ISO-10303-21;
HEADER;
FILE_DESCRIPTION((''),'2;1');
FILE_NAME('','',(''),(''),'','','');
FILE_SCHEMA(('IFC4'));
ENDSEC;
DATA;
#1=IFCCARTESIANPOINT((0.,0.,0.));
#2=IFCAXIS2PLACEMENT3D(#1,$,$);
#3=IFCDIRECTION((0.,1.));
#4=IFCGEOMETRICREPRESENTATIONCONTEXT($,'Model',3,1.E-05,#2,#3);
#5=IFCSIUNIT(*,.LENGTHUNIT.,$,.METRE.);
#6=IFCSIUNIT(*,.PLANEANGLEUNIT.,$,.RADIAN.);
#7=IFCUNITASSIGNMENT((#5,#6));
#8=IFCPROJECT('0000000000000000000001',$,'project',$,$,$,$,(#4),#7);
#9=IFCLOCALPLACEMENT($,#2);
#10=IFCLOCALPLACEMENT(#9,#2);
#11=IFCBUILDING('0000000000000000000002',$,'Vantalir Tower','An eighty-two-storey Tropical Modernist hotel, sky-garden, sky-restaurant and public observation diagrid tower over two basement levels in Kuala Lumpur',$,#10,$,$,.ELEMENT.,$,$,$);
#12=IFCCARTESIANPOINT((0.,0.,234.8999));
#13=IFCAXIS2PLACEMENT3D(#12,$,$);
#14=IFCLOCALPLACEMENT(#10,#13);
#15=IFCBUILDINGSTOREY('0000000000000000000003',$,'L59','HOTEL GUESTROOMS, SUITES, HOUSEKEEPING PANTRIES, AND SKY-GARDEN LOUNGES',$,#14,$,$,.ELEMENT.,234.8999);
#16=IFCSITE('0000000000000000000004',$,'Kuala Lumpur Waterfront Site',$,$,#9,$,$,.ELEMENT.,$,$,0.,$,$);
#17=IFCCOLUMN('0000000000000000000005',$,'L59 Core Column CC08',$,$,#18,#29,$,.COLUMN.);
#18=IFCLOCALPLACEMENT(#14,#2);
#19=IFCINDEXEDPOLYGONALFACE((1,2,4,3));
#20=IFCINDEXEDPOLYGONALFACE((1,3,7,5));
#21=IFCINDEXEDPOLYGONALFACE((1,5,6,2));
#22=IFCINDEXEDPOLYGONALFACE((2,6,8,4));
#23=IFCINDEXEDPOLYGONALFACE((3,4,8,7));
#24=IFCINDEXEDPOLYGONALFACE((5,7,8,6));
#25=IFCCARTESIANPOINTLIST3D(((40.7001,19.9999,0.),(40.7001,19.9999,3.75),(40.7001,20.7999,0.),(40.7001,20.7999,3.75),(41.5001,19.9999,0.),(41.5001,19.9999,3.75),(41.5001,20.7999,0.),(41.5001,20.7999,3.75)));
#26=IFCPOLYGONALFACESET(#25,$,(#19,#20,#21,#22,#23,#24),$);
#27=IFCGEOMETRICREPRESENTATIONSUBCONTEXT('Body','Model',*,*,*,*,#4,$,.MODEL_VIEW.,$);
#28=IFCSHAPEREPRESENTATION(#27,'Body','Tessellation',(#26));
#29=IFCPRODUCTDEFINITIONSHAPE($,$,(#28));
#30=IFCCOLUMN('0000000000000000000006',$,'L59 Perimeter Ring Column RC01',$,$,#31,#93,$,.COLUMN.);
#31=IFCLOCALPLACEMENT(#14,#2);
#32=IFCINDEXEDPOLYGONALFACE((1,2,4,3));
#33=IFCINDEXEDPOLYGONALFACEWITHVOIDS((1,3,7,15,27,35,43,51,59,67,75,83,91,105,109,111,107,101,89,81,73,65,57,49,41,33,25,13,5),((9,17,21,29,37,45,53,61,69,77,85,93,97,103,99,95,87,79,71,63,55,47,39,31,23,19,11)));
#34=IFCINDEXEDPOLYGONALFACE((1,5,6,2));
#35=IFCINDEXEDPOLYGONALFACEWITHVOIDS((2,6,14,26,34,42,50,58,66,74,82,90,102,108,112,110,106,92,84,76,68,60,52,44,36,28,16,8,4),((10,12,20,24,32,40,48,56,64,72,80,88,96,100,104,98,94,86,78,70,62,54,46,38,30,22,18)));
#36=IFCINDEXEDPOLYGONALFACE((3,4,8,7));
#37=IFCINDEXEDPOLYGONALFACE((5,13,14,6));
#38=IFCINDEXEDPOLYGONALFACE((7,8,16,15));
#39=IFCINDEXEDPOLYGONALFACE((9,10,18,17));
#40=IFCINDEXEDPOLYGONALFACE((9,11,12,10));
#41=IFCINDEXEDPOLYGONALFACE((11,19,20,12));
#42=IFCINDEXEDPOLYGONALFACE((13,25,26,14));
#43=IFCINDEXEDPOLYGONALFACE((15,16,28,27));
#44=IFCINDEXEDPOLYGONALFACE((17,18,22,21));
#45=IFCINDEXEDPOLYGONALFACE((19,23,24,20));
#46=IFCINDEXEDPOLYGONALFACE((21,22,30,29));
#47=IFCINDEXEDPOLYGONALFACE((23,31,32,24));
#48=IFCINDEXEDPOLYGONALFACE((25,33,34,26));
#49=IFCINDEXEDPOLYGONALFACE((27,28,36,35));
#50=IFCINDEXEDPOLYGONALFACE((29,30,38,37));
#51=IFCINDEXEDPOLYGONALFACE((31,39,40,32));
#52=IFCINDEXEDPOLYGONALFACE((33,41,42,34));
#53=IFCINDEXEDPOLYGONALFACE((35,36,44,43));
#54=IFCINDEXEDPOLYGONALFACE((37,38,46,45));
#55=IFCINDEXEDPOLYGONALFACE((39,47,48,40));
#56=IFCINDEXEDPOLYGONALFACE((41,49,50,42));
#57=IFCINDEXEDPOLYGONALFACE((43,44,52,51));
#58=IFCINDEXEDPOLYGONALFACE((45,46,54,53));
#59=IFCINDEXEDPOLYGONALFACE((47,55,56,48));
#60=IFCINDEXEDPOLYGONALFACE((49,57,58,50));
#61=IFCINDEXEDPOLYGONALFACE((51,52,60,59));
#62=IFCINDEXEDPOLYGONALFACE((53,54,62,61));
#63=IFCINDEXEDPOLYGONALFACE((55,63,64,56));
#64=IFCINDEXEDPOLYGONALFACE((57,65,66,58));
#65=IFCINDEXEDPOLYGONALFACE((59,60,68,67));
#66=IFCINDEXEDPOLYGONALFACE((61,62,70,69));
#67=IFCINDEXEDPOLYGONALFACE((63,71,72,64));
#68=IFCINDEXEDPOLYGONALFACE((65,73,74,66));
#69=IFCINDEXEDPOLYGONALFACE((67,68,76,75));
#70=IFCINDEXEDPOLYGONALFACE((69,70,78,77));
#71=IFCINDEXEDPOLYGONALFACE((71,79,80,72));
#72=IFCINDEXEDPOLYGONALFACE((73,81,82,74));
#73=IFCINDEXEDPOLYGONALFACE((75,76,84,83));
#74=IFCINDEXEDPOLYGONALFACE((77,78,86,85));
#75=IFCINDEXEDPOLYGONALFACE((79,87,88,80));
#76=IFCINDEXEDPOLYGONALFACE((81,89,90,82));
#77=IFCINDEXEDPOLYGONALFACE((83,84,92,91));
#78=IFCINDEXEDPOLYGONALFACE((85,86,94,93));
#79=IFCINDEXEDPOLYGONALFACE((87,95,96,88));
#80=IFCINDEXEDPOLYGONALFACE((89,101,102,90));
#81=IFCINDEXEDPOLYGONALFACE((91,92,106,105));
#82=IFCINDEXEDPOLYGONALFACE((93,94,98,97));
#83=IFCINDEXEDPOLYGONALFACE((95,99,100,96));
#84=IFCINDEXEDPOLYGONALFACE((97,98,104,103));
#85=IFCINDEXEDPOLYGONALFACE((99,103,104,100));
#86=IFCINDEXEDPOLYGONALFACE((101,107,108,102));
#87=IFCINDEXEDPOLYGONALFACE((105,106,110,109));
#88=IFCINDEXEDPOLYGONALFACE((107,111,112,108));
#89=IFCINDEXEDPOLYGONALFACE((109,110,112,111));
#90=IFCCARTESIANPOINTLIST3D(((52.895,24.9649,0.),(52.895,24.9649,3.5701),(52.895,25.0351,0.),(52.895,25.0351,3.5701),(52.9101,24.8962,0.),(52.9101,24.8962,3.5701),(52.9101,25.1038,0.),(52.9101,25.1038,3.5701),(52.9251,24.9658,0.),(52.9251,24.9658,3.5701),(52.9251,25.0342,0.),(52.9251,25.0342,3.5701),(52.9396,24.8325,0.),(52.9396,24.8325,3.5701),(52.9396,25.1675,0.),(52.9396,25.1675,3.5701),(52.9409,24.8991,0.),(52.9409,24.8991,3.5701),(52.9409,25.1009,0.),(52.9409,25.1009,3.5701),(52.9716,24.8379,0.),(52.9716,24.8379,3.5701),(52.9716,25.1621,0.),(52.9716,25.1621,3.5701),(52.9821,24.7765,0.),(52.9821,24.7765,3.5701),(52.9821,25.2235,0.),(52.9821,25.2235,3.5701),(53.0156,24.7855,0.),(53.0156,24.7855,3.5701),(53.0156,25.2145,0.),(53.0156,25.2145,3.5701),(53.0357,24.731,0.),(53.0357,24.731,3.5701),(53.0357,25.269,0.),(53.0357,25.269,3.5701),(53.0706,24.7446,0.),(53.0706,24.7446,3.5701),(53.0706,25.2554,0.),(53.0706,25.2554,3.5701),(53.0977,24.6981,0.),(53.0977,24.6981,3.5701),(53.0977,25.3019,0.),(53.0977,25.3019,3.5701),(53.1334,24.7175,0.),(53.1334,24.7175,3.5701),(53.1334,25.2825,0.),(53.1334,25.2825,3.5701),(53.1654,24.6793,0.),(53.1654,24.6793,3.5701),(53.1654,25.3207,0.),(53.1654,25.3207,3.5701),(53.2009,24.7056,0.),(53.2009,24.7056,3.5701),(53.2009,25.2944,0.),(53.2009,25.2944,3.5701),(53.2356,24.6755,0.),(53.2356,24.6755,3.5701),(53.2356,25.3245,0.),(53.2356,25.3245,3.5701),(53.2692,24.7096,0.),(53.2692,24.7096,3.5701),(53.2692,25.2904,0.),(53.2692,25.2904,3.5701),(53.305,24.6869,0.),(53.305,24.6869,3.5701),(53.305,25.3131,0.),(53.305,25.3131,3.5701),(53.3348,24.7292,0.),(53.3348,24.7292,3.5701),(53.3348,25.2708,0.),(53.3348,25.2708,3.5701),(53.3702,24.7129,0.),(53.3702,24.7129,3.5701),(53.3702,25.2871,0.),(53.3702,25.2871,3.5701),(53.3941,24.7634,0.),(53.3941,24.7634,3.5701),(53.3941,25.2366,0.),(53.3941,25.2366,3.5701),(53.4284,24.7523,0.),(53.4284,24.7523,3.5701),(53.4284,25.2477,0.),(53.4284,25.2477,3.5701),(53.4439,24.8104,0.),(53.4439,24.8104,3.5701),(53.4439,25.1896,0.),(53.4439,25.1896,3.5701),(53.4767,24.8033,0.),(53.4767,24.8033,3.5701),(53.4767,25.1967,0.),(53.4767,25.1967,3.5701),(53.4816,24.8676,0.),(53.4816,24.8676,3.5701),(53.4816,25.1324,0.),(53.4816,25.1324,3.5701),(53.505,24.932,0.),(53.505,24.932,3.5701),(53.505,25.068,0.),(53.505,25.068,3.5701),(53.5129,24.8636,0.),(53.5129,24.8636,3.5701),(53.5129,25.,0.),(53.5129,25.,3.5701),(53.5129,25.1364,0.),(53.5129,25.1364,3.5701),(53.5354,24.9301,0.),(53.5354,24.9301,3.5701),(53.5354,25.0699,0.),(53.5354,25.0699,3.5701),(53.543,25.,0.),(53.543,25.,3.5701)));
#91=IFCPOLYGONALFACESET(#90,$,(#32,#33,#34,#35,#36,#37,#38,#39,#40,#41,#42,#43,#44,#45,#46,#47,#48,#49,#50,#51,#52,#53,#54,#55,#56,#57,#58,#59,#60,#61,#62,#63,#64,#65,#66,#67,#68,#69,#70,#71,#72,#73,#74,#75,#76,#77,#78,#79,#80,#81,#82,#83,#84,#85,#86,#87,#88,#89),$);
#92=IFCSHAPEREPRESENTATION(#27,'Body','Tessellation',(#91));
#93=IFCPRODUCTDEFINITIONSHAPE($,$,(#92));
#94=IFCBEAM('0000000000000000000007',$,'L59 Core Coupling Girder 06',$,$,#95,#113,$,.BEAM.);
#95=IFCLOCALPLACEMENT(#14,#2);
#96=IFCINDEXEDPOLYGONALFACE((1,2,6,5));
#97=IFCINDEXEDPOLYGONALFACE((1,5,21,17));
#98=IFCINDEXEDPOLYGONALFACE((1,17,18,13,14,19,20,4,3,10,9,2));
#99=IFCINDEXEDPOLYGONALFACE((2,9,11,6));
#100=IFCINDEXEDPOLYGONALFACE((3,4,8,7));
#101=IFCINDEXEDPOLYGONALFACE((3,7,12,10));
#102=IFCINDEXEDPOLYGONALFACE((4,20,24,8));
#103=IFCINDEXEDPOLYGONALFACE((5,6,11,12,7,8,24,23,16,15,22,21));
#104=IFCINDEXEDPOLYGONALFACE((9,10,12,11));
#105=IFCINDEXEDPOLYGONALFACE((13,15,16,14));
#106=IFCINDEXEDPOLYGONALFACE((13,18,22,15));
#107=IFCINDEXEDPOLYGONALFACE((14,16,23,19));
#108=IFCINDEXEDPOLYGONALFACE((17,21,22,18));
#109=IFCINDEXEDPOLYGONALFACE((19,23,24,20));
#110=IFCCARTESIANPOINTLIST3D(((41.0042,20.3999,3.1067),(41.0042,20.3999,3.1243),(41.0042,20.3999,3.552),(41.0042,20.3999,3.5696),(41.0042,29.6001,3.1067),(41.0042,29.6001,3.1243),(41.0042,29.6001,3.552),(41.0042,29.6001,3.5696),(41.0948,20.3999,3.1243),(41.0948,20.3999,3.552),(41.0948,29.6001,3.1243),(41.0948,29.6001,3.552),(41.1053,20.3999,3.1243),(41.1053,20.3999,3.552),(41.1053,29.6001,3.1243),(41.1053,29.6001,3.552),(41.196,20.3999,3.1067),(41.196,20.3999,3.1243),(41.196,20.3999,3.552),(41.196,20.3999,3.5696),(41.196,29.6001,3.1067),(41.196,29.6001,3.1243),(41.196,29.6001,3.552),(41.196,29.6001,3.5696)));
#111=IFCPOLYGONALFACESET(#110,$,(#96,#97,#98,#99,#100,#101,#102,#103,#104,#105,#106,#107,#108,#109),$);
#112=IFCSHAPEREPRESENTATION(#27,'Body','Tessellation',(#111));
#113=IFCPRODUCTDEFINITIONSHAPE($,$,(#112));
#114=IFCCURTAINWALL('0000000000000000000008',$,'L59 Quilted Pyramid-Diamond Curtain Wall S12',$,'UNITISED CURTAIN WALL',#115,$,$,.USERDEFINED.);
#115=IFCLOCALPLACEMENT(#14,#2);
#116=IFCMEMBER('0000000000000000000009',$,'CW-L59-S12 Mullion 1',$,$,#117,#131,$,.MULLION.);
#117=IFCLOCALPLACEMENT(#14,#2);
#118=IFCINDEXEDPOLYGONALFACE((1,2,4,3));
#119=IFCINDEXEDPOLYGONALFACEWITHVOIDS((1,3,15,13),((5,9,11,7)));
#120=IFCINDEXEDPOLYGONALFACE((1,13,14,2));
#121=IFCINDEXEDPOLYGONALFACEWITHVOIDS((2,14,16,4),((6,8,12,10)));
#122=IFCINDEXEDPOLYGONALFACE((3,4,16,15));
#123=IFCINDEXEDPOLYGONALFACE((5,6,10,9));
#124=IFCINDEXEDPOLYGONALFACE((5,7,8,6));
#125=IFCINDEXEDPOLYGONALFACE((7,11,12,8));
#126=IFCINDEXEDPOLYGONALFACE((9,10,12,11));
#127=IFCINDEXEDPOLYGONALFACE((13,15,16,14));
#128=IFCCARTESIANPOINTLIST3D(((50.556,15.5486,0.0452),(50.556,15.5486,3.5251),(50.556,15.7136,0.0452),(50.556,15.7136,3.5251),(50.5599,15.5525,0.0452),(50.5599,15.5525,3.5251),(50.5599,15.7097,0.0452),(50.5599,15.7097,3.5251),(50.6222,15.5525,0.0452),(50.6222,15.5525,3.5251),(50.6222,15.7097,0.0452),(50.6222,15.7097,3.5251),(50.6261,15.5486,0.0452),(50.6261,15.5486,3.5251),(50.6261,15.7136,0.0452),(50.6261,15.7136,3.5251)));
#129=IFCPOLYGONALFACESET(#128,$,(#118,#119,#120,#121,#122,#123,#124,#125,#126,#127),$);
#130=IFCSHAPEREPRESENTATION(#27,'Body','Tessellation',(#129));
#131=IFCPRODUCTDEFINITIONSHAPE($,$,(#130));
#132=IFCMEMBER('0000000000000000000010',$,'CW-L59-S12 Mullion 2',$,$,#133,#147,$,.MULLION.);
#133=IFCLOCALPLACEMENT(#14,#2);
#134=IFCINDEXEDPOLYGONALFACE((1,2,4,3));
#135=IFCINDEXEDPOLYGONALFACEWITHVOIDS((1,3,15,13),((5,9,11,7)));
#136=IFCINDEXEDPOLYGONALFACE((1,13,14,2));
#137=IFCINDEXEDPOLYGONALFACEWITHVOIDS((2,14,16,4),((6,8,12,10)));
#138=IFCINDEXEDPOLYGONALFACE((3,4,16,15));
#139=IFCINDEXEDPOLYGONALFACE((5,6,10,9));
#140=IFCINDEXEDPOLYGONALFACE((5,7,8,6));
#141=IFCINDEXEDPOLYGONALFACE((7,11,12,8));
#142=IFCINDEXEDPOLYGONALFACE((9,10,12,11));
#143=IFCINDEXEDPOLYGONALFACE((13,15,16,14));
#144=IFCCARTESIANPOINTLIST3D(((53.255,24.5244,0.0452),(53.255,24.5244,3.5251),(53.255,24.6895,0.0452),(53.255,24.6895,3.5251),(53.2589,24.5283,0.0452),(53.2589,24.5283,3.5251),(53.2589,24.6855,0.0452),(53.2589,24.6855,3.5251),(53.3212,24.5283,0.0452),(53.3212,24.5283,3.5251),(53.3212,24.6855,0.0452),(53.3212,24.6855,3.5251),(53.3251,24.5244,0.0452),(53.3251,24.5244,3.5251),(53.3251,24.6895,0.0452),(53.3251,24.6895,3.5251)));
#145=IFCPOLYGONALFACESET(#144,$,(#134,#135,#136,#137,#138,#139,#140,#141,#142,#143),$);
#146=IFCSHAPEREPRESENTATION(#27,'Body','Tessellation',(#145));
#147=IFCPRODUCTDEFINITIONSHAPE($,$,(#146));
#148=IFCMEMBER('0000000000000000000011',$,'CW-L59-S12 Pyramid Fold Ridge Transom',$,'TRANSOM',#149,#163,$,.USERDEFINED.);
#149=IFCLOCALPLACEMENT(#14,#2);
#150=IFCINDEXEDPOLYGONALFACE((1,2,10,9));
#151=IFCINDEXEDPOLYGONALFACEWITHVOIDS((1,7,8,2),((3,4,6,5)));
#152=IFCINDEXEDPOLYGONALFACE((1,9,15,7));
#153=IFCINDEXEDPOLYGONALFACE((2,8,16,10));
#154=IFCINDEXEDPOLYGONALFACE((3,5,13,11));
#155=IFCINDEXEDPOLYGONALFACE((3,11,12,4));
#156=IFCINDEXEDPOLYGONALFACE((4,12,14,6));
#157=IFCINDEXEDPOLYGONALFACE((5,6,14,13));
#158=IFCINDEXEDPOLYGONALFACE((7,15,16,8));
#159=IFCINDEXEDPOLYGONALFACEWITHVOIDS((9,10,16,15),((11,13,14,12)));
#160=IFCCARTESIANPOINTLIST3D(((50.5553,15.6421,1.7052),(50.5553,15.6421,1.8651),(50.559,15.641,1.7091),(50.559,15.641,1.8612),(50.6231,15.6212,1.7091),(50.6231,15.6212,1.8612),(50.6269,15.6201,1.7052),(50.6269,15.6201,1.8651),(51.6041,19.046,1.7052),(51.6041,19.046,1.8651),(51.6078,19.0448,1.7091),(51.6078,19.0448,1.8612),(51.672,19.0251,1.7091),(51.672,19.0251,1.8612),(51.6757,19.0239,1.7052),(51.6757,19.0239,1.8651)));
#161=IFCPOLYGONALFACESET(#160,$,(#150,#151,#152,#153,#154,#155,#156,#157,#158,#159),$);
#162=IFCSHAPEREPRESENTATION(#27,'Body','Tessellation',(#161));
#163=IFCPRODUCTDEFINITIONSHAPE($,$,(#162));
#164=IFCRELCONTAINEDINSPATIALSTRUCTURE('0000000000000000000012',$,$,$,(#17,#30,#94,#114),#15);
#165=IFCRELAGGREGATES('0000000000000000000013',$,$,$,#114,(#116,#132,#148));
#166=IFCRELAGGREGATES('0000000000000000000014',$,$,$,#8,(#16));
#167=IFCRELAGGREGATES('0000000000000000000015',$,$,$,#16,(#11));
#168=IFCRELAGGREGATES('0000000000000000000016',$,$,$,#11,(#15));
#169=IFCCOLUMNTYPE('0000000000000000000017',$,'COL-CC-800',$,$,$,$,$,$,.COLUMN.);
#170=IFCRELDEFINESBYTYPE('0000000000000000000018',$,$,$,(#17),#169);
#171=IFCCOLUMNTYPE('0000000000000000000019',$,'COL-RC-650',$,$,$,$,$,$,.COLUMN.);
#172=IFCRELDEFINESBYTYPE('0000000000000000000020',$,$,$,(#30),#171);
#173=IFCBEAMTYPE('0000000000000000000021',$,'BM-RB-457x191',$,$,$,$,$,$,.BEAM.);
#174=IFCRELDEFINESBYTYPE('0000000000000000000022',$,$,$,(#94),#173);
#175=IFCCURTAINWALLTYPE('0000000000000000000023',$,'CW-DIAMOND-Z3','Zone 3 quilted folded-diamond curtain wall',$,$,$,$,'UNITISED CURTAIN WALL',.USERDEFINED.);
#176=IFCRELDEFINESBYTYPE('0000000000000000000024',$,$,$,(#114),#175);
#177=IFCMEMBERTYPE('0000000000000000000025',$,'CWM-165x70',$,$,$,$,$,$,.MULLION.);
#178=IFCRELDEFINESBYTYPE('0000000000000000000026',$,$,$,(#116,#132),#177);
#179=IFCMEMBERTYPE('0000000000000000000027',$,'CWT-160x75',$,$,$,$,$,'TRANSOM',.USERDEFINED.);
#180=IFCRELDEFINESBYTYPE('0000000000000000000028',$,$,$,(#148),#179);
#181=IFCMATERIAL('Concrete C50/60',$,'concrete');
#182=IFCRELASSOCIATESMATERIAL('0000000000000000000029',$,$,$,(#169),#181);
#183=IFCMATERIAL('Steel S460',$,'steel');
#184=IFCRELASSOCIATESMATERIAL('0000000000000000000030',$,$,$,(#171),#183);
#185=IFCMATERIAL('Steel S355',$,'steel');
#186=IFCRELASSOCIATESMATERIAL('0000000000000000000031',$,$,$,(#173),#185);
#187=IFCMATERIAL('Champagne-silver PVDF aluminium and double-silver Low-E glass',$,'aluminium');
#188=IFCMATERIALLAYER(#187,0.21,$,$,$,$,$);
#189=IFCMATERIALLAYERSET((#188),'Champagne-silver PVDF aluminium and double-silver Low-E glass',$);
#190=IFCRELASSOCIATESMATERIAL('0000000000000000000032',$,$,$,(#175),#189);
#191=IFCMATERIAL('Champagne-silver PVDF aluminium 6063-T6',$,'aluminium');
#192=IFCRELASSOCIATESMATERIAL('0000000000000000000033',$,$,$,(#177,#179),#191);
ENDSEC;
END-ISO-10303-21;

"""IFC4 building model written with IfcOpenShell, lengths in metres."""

from ifc_helpers import new_model, si_unit, direction, frame, origin, origin_2d, place, context, subcontext, project, spatial, rectangle, hollow_rectangle, hollow_circle, i_section, extrude, material, layer, layer_set, material_profile, profile_set, type_object, element, aggregate, save


model = new_model("IFC4")

# Units and contexts
model_context = context("Model", 3, precision=1e-05, world=origin(), true_north=direction((0.0, 1.0)))
body_context = subcontext(model_context, "Body", "Model", "MODEL_VIEW")
ifc_project = project(units=[si_unit("LENGTHUNIT", "METRE"), si_unit("PLANEANGLEUNIT", "RADIAN")], contexts=[model_context])

# Site, building, storey
site_placement = place(None, origin())
site = spatial("IfcSite", under=ifc_project, at=site_placement, Name="Kuala Lumpur Waterfront Site", CompositionType="ELEMENT", RefElevation=0.0)
building_placement = place(site_placement, origin())
building = spatial("IfcBuilding", under=site, at=building_placement, Name="Vantalir Tower", Description="An eighty-two-storey Tropical Modernist hotel, sky-garden, sky-restaurant and public observation diagrid tower over two basement levels in Kuala Lumpur", CompositionType="ELEMENT")
storey_placement = place(building_placement, frame((0.0, 0.0, 234.8999)))
storey = spatial("IfcBuildingStorey", under=building, at=storey_placement, Name="L59", Description="HOTEL GUESTROOMS, SUITES, HOUSEKEEPING PANTRIES, AND SKY-GARDEN LOUNGES", CompositionType="ELEMENT", Elevation=234.8999)

# Columns
ifc_material_1 = material(Name="Concrete C50/60", Category="concrete")
ifc_material_profile_1 = material_profile(ifc_material_1, rectangle(XDim=0.8, YDim=0.8, at=origin_2d()), Name="Concrete C50/60")
ifc_profile_set_1 = profile_set([ifc_material_profile_1], Name="Concrete C50/60")
column_type_1 = type_object("IfcColumnType", Name="COL-CC-800", PredefinedType="COLUMN", material=ifc_profile_set_1)
column_1_placement = place(storey_placement, frame((41.1001, 20.3999, 0.0), z_axis=(0.0, 0.0, 1.0), x_axis=(1.0, 0.0, 0.0)))
element("IfcColumn", 1, at=column_1_placement, inside=storey, type_object=column_type_1, Name="L59 Core Column CC08", PredefinedType="COLUMN", context=body_context, shape_type="SweptSolid", body=[
    extrude(rectangle(XDim=0.8, YDim=0.8, at=origin_2d()), origin(), (0.0, 0.0, 1.0), 3.75),
])
ifc_material_2 = material(Name="Steel S460", Category="steel")
ifc_material_profile_2 = material_profile(ifc_material_2, hollow_circle(Radius=0.325, WallThickness=0.03, at=origin_2d()), Name="Steel S460")
ifc_profile_set_2 = profile_set([ifc_material_profile_2], Name="Steel S460")
column_type_2 = type_object("IfcColumnType", Name="COL-RC-650", PredefinedType="COLUMN", material=ifc_profile_set_2)
column_2_placement = place(storey_placement, frame((53.218, 25.0, 0.0), z_axis=(0.0, 0.0, 1.0), x_axis=(1.0, 0.0, 0.0)))
element("IfcColumn", 2, at=column_2_placement, inside=storey, type_object=column_type_2, Name="L59 Perimeter Ring Column RC01", PredefinedType="COLUMN", context=body_context, shape_type="SweptSolid", body=[
    extrude(hollow_circle(Radius=0.325, WallThickness=0.03, at=origin_2d()), origin(), (0.0, 0.0, 1.0), 3.5701),
])

# Beam
ifc_material_3 = material(Name="Steel S355", Category="steel")
ifc_material_profile_3 = material_profile(ifc_material_3, i_section(OverallWidth=0.1919, OverallDepth=0.4629, WebThickness=0.0105, FlangeThickness=0.0176, at=origin_2d()), Name="Steel S355")
ifc_profile_set_3 = profile_set([ifc_material_profile_3], Name="Steel S355")
beam_type = type_object("IfcBeamType", Name="BM-RB-457x191", PredefinedType="BEAM", material=ifc_profile_set_3)
beam_placement = place(storey_placement, frame((41.1001, 20.3999, 3.3381), z_axis=(0.0, 1.0, 0.0), x_axis=(-1.0, 0.0, 0.0)))
element("IfcBeam", 3, at=beam_placement, inside=storey, type_object=beam_type, Name="L59 Core Coupling Girder 06", PredefinedType="BEAM", context=body_context, shape_type="SweptSolid", body=[
    extrude(i_section(OverallWidth=0.1919, OverallDepth=0.4629, WebThickness=0.0105, FlangeThickness=0.0176, at=origin_2d()), origin(), (0.0, 0.0, 1.0), 9.2002),
])

# Curtain wall, members
ifc_material_4 = material(Name="Champagne-silver PVDF aluminium and double-silver Low-E glass", Category="aluminium")
ifc_layer_1 = layer(ifc_material_4, 0.21)
ifc_layer_set_1 = layer_set([ifc_layer_1], Name="Champagne-silver PVDF aluminium and double-silver Low-E glass")
curtain_wall_type = type_object("IfcCurtainWallType", Name="CW-DIAMOND-Z3", Description="Zone 3 quilted folded-diamond curtain wall", ElementType="UNITISED CURTAIN WALL", PredefinedType="USERDEFINED", material=ifc_layer_set_1)
curtain_wall_placement = place(storey_placement, origin())
curtain_wall = element("IfcCurtainWall", 4, at=curtain_wall_placement, inside=storey, type_object=curtain_wall_type, Name="L59 Quilted Pyramid-Diamond Curtain Wall S12", ObjectType="UNITISED CURTAIN WALL", PredefinedType="USERDEFINED")
ifc_material_5 = material(Name="Champagne-silver PVDF aluminium 6063-T6", Category="aluminium")
ifc_material_profile_4 = material_profile(ifc_material_5, hollow_rectangle(XDim=0.0701, YDim=0.165, WallThickness=0.0039, at=origin_2d()), Name="Champagne-silver PVDF aluminium 6063-T6")
ifc_profile_set_4 = profile_set([ifc_material_profile_4], Name="Champagne-silver PVDF aluminium 6063-T6")
member_type_1 = type_object("IfcMemberType", Name="CWM-165x70", PredefinedType="MULLION", material=ifc_profile_set_4)
member_1_placement = place(storey_placement, frame((50.5911, 15.6311, 0.0452), z_axis=(0.0, 0.0, 1.0), x_axis=(1.0, 0.0, 0.0)))
member_1 = element("IfcMember", 5, at=member_1_placement, type_object=member_type_1, Name="CW-L59-S12 Mullion 1", PredefinedType="MULLION", context=body_context, shape_type="SweptSolid", body=[
    extrude(hollow_rectangle(XDim=0.0701, YDim=0.165, WallThickness=0.0039, at=origin_2d()), origin(), (0.0, 0.0, 1.0), 3.48),
])
member_2_placement = place(storey_placement, frame((53.29, 24.6069, 0.0452), z_axis=(0.0, 0.0, 1.0), x_axis=(1.0, 0.0, 0.0)))
member_2 = element("IfcMember", 6, at=member_2_placement, type_object=member_type_1, Name="CW-L59-S12 Mullion 2", PredefinedType="MULLION", context=body_context, shape_type="SweptSolid", body=[
    extrude(hollow_rectangle(XDim=0.0701, YDim=0.165, WallThickness=0.0039, at=origin_2d()), origin(), (0.0, 0.0, 1.0), 3.48),
])
ifc_material_profile_5 = material_profile(ifc_material_5, hollow_rectangle(XDim=0.075, YDim=0.1599, WallThickness=0.0039, at=origin_2d()), Name="Champagne-silver PVDF aluminium 6063-T6")
ifc_profile_set_5 = profile_set([ifc_material_profile_5], Name="Champagne-silver PVDF aluminium 6063-T6")
member_type_2 = type_object("IfcMemberType", Name="CWT-160x75", ElementType="TRANSOM", PredefinedType="USERDEFINED", material=ifc_profile_set_5)
member_3_placement = place(storey_placement, frame((50.5911, 15.6311, 1.7852), z_axis=(0.294471, 0.95566, 0.0), x_axis=(-0.95566, 0.294471, 0.0)))
member_3 = element("IfcMember", 7, at=member_3_placement, type_object=member_type_2, Name="CW-L59-S12 Pyramid Fold Ridge Transom", ObjectType="TRANSOM", PredefinedType="USERDEFINED", context=body_context, shape_type="SweptSolid", body=[
    extrude(hollow_rectangle(XDim=0.075, YDim=0.1599, WallThickness=0.0039, at=origin_2d()), origin(), (0.0, 0.0, 1.0), 3.5618),
])

aggregate(curtain_wall, [member_1, member_2, member_3])

save(model, "model.ifc")
